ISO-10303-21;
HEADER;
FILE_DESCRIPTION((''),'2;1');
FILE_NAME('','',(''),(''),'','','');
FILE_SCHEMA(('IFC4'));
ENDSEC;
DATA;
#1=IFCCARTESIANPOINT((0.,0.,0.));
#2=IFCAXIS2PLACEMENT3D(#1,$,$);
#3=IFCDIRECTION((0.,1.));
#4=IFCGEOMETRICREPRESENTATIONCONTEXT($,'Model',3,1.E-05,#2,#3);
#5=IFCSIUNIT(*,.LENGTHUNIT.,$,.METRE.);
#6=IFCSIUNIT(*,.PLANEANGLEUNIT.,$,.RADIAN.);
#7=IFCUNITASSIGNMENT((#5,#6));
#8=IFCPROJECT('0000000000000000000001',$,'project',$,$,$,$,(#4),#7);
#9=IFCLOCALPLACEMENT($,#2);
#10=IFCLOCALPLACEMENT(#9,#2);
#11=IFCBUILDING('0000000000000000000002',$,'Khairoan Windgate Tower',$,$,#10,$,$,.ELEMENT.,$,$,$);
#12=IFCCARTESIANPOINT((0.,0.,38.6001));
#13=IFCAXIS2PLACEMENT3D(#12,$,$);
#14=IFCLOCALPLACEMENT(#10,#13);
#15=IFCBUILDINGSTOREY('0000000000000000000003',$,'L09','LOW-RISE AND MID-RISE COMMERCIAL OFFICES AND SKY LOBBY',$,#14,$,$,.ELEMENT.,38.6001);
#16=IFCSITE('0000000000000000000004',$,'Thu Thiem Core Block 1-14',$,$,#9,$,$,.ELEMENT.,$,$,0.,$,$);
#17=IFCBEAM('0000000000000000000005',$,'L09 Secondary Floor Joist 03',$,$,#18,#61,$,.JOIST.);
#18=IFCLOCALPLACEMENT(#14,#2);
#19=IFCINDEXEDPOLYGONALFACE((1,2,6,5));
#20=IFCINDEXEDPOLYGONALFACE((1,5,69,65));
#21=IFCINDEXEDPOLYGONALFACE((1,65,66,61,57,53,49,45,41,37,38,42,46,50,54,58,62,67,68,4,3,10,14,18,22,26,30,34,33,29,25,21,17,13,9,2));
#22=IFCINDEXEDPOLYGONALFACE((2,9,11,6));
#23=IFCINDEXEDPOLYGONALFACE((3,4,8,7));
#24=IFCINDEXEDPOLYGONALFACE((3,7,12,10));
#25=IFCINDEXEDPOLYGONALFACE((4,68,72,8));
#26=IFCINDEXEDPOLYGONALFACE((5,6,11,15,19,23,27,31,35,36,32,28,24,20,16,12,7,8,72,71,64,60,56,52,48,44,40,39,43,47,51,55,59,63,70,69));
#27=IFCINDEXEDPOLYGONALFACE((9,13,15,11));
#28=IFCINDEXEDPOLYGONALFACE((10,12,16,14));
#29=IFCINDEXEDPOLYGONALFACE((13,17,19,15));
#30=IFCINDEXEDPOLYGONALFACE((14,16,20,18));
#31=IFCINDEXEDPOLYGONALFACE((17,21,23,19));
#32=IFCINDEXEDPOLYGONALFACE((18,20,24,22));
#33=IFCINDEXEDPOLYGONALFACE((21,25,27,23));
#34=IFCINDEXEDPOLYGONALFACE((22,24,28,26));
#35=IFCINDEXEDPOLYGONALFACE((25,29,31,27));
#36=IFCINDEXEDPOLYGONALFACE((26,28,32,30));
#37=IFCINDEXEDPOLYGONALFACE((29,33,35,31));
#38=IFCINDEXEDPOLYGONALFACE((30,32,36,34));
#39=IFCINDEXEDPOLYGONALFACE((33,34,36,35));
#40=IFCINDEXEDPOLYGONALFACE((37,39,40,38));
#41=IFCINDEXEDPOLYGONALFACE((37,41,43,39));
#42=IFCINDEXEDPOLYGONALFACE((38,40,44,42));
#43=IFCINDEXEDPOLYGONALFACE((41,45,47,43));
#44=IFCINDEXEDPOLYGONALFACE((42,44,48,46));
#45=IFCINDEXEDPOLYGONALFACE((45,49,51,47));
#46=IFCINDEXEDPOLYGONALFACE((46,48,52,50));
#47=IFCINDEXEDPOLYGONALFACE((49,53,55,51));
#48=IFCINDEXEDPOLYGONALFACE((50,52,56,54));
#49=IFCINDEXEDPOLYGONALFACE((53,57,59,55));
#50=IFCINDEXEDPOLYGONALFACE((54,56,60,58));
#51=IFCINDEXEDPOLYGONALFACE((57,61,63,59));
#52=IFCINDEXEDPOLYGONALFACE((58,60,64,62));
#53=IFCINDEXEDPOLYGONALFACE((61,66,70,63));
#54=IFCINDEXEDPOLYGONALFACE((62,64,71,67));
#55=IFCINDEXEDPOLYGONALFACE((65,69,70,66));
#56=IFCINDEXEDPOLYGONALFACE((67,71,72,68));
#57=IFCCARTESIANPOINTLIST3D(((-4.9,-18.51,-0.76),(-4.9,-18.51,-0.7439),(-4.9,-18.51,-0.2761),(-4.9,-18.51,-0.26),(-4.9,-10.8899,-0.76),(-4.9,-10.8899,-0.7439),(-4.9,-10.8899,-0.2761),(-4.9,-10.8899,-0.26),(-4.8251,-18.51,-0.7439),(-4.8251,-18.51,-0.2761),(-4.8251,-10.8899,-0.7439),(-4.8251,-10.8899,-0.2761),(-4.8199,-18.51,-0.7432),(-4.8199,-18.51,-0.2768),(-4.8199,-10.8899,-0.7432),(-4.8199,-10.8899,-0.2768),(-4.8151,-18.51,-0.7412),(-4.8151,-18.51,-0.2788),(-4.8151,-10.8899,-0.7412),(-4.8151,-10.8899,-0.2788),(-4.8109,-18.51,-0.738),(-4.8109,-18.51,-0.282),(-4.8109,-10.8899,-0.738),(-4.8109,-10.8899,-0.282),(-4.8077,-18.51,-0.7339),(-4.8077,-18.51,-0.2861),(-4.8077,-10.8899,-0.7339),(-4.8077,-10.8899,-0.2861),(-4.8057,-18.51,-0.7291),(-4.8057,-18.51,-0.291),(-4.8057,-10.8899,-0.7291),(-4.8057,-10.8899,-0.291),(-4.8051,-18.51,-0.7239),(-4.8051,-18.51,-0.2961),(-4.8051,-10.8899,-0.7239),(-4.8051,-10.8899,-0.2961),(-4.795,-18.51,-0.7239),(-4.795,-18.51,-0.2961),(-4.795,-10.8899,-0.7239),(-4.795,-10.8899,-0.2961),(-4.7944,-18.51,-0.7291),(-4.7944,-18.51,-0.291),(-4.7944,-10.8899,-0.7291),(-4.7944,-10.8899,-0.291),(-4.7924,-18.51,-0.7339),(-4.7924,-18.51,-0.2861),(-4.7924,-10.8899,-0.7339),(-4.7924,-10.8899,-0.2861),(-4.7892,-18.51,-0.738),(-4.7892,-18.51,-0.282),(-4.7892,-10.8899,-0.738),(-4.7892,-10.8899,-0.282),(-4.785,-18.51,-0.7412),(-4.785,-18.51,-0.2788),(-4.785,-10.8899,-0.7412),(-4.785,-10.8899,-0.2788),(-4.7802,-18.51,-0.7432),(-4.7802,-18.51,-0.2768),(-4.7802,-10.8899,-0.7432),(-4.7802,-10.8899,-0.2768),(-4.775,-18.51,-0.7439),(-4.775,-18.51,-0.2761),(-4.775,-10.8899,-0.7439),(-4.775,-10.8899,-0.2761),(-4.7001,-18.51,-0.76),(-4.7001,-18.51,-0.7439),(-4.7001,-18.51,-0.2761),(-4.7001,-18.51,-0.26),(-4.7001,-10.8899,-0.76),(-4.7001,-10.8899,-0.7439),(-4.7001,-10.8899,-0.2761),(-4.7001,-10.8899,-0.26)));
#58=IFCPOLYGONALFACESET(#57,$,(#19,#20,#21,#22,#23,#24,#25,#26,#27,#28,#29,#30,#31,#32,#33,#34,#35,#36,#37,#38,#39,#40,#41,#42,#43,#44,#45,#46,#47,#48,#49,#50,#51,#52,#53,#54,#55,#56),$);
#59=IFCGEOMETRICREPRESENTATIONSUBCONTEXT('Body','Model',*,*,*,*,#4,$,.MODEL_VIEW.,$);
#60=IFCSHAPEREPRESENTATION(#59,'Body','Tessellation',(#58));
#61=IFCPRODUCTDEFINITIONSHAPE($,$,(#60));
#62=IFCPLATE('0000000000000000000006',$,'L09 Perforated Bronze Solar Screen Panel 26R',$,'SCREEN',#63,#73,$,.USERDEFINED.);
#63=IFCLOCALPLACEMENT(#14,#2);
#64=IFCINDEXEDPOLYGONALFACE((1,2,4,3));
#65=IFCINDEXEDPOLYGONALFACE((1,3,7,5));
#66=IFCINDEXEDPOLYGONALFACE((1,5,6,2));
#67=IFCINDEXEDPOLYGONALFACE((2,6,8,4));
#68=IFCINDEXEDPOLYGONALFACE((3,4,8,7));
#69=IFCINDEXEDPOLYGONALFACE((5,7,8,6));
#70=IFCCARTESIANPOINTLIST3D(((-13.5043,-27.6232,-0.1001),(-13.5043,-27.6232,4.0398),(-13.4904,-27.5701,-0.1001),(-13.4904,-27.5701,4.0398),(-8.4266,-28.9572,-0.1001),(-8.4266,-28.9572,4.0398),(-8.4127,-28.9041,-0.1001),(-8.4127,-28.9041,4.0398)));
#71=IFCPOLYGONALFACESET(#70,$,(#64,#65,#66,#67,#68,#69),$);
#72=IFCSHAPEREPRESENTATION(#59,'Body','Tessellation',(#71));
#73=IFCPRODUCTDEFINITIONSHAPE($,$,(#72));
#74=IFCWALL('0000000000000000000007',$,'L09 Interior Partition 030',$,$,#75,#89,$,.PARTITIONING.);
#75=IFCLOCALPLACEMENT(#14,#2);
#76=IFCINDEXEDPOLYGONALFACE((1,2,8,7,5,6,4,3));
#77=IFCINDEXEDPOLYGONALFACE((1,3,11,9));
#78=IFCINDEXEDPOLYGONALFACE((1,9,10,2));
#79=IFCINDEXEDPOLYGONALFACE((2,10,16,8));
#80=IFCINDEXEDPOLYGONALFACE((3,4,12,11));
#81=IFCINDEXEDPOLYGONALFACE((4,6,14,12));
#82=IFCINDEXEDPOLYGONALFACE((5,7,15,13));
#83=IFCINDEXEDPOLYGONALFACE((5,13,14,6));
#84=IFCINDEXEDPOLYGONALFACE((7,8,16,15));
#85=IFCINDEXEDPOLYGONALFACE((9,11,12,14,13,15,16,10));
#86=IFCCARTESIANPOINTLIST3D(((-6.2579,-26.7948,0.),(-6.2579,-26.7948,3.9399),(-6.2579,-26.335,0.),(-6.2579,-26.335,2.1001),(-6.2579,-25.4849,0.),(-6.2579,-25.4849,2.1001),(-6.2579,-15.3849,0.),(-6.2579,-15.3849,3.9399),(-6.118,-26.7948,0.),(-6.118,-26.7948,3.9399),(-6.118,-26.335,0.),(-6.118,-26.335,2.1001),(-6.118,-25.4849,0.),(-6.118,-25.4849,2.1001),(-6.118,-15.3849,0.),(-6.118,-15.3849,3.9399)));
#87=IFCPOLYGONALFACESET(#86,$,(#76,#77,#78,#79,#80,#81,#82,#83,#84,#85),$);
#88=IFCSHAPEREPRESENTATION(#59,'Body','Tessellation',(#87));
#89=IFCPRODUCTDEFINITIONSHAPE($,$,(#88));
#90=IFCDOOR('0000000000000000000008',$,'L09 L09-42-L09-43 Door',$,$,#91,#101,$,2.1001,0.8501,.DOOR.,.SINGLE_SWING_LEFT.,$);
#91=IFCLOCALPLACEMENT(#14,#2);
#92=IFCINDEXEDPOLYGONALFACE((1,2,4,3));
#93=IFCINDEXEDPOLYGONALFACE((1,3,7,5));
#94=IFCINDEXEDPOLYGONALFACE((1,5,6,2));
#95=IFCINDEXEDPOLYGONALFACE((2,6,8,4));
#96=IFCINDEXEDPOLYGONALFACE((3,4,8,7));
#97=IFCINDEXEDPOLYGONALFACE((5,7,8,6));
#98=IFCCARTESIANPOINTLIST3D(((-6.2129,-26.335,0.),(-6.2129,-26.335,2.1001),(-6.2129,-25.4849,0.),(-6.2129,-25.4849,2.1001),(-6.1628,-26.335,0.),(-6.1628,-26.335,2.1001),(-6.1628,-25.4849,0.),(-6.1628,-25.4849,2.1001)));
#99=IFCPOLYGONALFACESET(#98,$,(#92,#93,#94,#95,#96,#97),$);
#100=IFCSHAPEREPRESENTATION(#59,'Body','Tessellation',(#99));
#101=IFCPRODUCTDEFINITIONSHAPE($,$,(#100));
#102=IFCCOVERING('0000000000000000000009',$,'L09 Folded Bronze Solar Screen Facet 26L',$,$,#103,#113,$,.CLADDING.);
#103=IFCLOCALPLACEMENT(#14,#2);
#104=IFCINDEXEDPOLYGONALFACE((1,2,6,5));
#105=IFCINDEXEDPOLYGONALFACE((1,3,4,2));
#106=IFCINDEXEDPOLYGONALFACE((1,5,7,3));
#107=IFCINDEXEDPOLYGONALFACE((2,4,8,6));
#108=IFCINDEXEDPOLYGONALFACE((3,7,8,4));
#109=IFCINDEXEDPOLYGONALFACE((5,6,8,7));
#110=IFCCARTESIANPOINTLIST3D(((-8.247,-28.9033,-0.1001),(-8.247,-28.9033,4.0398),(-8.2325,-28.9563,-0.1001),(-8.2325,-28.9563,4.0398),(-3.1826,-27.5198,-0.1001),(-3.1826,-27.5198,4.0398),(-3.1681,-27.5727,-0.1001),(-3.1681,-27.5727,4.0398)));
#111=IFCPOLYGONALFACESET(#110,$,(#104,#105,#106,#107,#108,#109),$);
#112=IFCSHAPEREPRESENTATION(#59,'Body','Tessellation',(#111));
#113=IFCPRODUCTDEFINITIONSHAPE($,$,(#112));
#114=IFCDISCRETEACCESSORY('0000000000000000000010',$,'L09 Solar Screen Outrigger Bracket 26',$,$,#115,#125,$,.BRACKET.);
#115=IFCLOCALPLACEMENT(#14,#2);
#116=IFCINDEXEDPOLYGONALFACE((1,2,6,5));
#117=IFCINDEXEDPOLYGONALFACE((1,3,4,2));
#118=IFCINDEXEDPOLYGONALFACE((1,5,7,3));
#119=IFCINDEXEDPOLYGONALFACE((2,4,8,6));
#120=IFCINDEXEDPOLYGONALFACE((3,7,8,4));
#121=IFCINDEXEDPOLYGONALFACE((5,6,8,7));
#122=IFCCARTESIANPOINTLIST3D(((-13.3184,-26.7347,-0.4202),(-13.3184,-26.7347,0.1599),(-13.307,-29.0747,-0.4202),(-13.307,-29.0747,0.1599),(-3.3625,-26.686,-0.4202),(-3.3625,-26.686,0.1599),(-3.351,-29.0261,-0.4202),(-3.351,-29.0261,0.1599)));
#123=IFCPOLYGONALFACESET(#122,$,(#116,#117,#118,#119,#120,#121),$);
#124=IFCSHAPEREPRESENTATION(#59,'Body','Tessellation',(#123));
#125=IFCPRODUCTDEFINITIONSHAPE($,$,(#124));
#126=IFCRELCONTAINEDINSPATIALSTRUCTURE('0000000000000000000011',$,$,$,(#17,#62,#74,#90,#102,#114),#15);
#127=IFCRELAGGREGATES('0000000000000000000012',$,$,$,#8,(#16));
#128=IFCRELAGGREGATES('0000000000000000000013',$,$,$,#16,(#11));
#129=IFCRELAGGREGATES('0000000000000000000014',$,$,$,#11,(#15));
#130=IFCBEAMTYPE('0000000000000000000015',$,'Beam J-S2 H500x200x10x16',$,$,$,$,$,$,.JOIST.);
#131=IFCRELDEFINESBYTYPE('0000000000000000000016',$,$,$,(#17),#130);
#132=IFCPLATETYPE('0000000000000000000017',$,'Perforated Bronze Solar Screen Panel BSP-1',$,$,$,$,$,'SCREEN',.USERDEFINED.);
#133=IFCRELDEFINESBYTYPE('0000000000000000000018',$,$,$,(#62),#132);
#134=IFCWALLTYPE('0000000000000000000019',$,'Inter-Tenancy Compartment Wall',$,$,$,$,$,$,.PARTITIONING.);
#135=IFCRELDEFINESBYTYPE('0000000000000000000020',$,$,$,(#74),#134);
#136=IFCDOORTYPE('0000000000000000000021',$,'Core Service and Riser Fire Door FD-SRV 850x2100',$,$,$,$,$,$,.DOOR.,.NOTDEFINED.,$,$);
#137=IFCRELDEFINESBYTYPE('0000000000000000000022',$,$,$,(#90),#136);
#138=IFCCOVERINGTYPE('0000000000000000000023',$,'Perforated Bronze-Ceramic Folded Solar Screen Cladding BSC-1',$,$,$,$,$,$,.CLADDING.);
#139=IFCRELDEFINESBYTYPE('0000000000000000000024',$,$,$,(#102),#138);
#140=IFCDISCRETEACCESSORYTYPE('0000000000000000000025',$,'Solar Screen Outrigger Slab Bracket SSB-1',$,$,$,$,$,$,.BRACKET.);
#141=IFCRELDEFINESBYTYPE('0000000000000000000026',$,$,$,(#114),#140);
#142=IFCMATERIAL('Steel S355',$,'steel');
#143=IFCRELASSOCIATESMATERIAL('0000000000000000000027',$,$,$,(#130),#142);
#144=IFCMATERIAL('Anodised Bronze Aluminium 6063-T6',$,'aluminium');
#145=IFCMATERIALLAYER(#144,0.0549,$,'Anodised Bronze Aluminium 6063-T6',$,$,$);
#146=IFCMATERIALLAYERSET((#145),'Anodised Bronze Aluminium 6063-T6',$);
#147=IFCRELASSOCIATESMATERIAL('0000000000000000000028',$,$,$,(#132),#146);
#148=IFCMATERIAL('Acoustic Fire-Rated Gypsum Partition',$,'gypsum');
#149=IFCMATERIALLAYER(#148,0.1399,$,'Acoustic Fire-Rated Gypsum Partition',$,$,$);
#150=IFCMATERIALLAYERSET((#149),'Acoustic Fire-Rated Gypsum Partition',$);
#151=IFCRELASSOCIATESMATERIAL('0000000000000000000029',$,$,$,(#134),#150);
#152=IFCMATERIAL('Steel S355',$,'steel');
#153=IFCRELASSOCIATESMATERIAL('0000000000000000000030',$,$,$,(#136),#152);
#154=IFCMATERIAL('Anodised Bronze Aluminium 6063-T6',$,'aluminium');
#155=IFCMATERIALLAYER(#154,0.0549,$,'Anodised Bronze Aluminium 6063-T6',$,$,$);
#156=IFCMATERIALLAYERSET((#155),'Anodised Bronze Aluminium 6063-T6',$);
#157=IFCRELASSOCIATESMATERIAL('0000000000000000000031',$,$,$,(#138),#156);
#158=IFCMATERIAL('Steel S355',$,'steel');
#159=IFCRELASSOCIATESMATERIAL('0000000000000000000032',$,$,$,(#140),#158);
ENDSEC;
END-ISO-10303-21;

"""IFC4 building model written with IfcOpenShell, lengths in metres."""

from ifc_helpers import new_model, si_unit, direction, frame, frame_2d, origin, origin_2d, place, context, subcontext, project, spatial, rectangle, i_section, extrude, material, layer, layer_set, material_profile, profile_set, type_object, element, fill, save


model = new_model("IFC4")

# Units and contexts
model_context = context("Model", 3, precision=1e-05, world=origin(), true_north=direction((0.0, 1.0)))
body_context = subcontext(model_context, "Body", "Model", "MODEL_VIEW")
ifc_project = project(units=[si_unit("LENGTHUNIT", "METRE"), si_unit("PLANEANGLEUNIT", "RADIAN")], contexts=[model_context])

# Site, building, storey
site_placement = place(None, origin())
site = spatial("IfcSite", under=ifc_project, at=site_placement, Name="Thu Thiem Core Block 1-14", CompositionType="ELEMENT", RefElevation=0.0)
building_placement = place(site_placement, origin())
building = spatial("IfcBuilding", under=site, at=building_placement, Name="Khairoan Windgate Tower", CompositionType="ELEMENT")
storey_placement = place(building_placement, frame((0.0, 0.0, 38.6001)))
storey = spatial("IfcBuildingStorey", under=building, at=storey_placement, Name="L09", Description="LOW-RISE AND MID-RISE COMMERCIAL OFFICES AND SKY LOBBY", CompositionType="ELEMENT", Elevation=38.6001)

# Beam
ifc_material_1 = material(Name="Steel S355", Category="steel")
ifc_material_profile_1 = material_profile(ifc_material_1, i_section(OverallWidth=0.2, OverallDepth=0.5, WebThickness=0.01, FlangeThickness=0.0161, FilletRadius=0.02, at=origin_2d()))
ifc_profile_set_1 = profile_set([ifc_material_profile_1], Name="Steel S355")
beam_type_1 = type_object("IfcBeamType", Name="Beam J-S2 H500x200x10x16", PredefinedType="JOIST", material=ifc_profile_set_1)
beam_1_placement = place(storey_placement, frame((-4.8, -18.51, -0.51), z_axis=(0.0, 1.0, 0.0), x_axis=(-1.0, 0.0, 0.0)))
element("IfcBeam", 1, at=beam_1_placement, inside=storey, type_object=beam_type_1, Name="L09 Secondary Floor Joist 03", PredefinedType="JOIST", context=body_context, shape_type="SweptSolid", body=[
    extrude(i_section(OverallWidth=0.2, OverallDepth=0.5, WebThickness=0.01, FlangeThickness=0.0161, FilletRadius=0.02, at=origin_2d()), origin(), (0.0, 0.0, 1.0), 7.6201),
])

# Plate
ifc_material_2 = material(Name="Anodised Bronze Aluminium 6063-T6", Category="aluminium")
ifc_layer_1 = layer(ifc_material_2, 0.0549, Name="Anodised Bronze Aluminium 6063-T6")
ifc_layer_set_1 = layer_set([ifc_layer_1], Name="Anodised Bronze Aluminium 6063-T6")
plate_type = type_object("IfcPlateType", Name="Perforated Bronze Solar Screen Panel BSP-1", ElementType="SCREEN", PredefinedType="USERDEFINED", material=ifc_layer_set_1)
plate_placement = place(storey_placement, frame((-10.9585, -28.2637, -0.1001), z_axis=(0.0, 0.0, 1.0), x_axis=(-0.967179, 0.254096, 0.0)))
element("IfcPlate", 2, at=plate_placement, inside=storey, type_object=plate_type, Name="L09 Perforated Bronze Solar Screen Panel 26R", ObjectType="SCREEN", PredefinedType="USERDEFINED", context=body_context, shape_type="SweptSolid", body=[
    extrude(rectangle(XDim=5.25, YDim=0.0549, at=origin_2d()), origin(), (0.0, 0.0, 1.0), 4.1399),
])

# Wall, opening, door
ifc_material_3 = material(Name="Acoustic Fire-Rated Gypsum Partition", Category="gypsum")
ifc_layer_2 = layer(ifc_material_3, 0.1399, Name="Acoustic Fire-Rated Gypsum Partition")
ifc_layer_set_2 = layer_set([ifc_layer_2], Name="Acoustic Fire-Rated Gypsum Partition")
wall_type_1 = type_object("IfcWallType", Name="Inter-Tenancy Compartment Wall", PredefinedType="PARTITIONING", material=ifc_layer_set_2)
wall_1_placement = place(storey_placement, frame((-6.188, -26.7949, 0.0), z_axis=(0.0, 0.0, 1.0), x_axis=(0.0, 1.0, 0.0)))
wall_1 = element("IfcWall", 3, at=wall_1_placement, inside=storey, type_object=wall_type_1, Name="L09 Interior Partition 030", PredefinedType="PARTITIONING", context=body_context, shape_type="SweptSolid", body=[
    extrude(rectangle(XDim=11.4099, YDim=0.1399, at=frame_2d((5.7051, 0.0))), origin(), (0.0, 0.0, 1.0), 3.9399),
])
opening_1_placement = place(wall_1_placement, frame((0.46, 0.0, 0.0)))
opening_1 = element("IfcOpeningElement", 4, at=opening_1_placement, cuts=wall_1, PredefinedType="OPENING", context=body_context, shape_type="SweptSolid", body=[
    extrude(rectangle(XDim=0.8501, YDim=2.1001, at=frame_2d((0.425, 1.05))), frame((0.0, 0.0798, 0.0), z_axis=(0.0, -1.0, 0.0), x_axis=(1.0, 0.0, 0.0)), (0.0, 0.0, 1.0), 0.1599),
])
ifc_material_4 = material(Name="Steel S355", Category="steel")
door_type_1 = type_object("IfcDoorType", Name="Core Service and Riser Fire Door FD-SRV 850x2100", OperationType="NOTDEFINED", PredefinedType="DOOR", material=ifc_material_4)
door_1_placement = place(opening_1_placement, origin())
door_1 = element("IfcDoor", 5, at=door_1_placement, inside=storey, type_object=door_type_1, Name="L09 L09-42-L09-43 Door", OperationType="SINGLE_SWING_LEFT", OverallHeight=2.1001, OverallWidth=0.8501, PredefinedType="DOOR", context=body_context, shape_type="SweptSolid", body=[
    extrude(rectangle(XDim=0.8501, YDim=2.1001, at=frame_2d((0.425, 1.05))), frame((0.0, 0.0249, 0.0), z_axis=(0.0, -1.0, 0.0), x_axis=(1.0, 0.0, 0.0)), (0.0, 0.0, 1.0), 0.05),
])
fill(opening_1, door_1)

# Covering
ifc_material_5 = material(Name="Anodised Bronze Aluminium 6063-T6", Category="aluminium")
ifc_layer_3 = layer(ifc_material_5, 0.0549, Name="Anodised Bronze Aluminium 6063-T6")
ifc_layer_set_3 = layer_set([ifc_layer_3], Name="Anodised Bronze Aluminium 6063-T6")
covering_type = type_object("IfcCoveringType", Name="Perforated Bronze-Ceramic Folded Solar Screen Cladding BSC-1", PredefinedType="CLADDING", material=ifc_layer_set_3)
covering_placement = place(storey_placement, frame((-5.7075, -28.238, -0.1001), z_axis=(0.0, 0.0, 1.0), x_axis=(-0.964649, -0.263536, 0.0)))
element("IfcCovering", 6, at=covering_placement, inside=storey, type_object=covering_type, Name="L09 Folded Bronze Solar Screen Facet 26L", PredefinedType="CLADDING", context=body_context, shape_type="SweptSolid", body=[
    extrude(rectangle(XDim=5.25, YDim=0.0549, at=origin_2d()), origin(), (0.0, 0.0, 1.0), 4.1399),
])

# Discrete accessory
ifc_material_6 = material(Name="Steel S355", Category="steel")
discrete_accessory_type = type_object("IfcDiscreteAccessoryType", Name="Solar Screen Outrigger Slab Bracket SSB-1", PredefinedType="BRACKET", material=ifc_material_6)
discrete_accessory_placement = place(storey_placement, frame((-8.3347, -27.8804, -0.4202), z_axis=(0.0, 0.0, 1.0), x_axis=(-0.999988, -0.004887, 0.0)))
element("IfcDiscreteAccessory", 7, at=discrete_accessory_placement, inside=storey, type_object=discrete_accessory_type, Name="L09 Solar Screen Outrigger Bracket 26", PredefinedType="BRACKET", context=body_context, shape_type="SweptSolid", body=[
    extrude(rectangle(XDim=9.9561, YDim=2.3401, at=origin_2d()), origin(), (0.0, 0.0, 1.0), 0.5801),
])

save(model, "model.ifc")
